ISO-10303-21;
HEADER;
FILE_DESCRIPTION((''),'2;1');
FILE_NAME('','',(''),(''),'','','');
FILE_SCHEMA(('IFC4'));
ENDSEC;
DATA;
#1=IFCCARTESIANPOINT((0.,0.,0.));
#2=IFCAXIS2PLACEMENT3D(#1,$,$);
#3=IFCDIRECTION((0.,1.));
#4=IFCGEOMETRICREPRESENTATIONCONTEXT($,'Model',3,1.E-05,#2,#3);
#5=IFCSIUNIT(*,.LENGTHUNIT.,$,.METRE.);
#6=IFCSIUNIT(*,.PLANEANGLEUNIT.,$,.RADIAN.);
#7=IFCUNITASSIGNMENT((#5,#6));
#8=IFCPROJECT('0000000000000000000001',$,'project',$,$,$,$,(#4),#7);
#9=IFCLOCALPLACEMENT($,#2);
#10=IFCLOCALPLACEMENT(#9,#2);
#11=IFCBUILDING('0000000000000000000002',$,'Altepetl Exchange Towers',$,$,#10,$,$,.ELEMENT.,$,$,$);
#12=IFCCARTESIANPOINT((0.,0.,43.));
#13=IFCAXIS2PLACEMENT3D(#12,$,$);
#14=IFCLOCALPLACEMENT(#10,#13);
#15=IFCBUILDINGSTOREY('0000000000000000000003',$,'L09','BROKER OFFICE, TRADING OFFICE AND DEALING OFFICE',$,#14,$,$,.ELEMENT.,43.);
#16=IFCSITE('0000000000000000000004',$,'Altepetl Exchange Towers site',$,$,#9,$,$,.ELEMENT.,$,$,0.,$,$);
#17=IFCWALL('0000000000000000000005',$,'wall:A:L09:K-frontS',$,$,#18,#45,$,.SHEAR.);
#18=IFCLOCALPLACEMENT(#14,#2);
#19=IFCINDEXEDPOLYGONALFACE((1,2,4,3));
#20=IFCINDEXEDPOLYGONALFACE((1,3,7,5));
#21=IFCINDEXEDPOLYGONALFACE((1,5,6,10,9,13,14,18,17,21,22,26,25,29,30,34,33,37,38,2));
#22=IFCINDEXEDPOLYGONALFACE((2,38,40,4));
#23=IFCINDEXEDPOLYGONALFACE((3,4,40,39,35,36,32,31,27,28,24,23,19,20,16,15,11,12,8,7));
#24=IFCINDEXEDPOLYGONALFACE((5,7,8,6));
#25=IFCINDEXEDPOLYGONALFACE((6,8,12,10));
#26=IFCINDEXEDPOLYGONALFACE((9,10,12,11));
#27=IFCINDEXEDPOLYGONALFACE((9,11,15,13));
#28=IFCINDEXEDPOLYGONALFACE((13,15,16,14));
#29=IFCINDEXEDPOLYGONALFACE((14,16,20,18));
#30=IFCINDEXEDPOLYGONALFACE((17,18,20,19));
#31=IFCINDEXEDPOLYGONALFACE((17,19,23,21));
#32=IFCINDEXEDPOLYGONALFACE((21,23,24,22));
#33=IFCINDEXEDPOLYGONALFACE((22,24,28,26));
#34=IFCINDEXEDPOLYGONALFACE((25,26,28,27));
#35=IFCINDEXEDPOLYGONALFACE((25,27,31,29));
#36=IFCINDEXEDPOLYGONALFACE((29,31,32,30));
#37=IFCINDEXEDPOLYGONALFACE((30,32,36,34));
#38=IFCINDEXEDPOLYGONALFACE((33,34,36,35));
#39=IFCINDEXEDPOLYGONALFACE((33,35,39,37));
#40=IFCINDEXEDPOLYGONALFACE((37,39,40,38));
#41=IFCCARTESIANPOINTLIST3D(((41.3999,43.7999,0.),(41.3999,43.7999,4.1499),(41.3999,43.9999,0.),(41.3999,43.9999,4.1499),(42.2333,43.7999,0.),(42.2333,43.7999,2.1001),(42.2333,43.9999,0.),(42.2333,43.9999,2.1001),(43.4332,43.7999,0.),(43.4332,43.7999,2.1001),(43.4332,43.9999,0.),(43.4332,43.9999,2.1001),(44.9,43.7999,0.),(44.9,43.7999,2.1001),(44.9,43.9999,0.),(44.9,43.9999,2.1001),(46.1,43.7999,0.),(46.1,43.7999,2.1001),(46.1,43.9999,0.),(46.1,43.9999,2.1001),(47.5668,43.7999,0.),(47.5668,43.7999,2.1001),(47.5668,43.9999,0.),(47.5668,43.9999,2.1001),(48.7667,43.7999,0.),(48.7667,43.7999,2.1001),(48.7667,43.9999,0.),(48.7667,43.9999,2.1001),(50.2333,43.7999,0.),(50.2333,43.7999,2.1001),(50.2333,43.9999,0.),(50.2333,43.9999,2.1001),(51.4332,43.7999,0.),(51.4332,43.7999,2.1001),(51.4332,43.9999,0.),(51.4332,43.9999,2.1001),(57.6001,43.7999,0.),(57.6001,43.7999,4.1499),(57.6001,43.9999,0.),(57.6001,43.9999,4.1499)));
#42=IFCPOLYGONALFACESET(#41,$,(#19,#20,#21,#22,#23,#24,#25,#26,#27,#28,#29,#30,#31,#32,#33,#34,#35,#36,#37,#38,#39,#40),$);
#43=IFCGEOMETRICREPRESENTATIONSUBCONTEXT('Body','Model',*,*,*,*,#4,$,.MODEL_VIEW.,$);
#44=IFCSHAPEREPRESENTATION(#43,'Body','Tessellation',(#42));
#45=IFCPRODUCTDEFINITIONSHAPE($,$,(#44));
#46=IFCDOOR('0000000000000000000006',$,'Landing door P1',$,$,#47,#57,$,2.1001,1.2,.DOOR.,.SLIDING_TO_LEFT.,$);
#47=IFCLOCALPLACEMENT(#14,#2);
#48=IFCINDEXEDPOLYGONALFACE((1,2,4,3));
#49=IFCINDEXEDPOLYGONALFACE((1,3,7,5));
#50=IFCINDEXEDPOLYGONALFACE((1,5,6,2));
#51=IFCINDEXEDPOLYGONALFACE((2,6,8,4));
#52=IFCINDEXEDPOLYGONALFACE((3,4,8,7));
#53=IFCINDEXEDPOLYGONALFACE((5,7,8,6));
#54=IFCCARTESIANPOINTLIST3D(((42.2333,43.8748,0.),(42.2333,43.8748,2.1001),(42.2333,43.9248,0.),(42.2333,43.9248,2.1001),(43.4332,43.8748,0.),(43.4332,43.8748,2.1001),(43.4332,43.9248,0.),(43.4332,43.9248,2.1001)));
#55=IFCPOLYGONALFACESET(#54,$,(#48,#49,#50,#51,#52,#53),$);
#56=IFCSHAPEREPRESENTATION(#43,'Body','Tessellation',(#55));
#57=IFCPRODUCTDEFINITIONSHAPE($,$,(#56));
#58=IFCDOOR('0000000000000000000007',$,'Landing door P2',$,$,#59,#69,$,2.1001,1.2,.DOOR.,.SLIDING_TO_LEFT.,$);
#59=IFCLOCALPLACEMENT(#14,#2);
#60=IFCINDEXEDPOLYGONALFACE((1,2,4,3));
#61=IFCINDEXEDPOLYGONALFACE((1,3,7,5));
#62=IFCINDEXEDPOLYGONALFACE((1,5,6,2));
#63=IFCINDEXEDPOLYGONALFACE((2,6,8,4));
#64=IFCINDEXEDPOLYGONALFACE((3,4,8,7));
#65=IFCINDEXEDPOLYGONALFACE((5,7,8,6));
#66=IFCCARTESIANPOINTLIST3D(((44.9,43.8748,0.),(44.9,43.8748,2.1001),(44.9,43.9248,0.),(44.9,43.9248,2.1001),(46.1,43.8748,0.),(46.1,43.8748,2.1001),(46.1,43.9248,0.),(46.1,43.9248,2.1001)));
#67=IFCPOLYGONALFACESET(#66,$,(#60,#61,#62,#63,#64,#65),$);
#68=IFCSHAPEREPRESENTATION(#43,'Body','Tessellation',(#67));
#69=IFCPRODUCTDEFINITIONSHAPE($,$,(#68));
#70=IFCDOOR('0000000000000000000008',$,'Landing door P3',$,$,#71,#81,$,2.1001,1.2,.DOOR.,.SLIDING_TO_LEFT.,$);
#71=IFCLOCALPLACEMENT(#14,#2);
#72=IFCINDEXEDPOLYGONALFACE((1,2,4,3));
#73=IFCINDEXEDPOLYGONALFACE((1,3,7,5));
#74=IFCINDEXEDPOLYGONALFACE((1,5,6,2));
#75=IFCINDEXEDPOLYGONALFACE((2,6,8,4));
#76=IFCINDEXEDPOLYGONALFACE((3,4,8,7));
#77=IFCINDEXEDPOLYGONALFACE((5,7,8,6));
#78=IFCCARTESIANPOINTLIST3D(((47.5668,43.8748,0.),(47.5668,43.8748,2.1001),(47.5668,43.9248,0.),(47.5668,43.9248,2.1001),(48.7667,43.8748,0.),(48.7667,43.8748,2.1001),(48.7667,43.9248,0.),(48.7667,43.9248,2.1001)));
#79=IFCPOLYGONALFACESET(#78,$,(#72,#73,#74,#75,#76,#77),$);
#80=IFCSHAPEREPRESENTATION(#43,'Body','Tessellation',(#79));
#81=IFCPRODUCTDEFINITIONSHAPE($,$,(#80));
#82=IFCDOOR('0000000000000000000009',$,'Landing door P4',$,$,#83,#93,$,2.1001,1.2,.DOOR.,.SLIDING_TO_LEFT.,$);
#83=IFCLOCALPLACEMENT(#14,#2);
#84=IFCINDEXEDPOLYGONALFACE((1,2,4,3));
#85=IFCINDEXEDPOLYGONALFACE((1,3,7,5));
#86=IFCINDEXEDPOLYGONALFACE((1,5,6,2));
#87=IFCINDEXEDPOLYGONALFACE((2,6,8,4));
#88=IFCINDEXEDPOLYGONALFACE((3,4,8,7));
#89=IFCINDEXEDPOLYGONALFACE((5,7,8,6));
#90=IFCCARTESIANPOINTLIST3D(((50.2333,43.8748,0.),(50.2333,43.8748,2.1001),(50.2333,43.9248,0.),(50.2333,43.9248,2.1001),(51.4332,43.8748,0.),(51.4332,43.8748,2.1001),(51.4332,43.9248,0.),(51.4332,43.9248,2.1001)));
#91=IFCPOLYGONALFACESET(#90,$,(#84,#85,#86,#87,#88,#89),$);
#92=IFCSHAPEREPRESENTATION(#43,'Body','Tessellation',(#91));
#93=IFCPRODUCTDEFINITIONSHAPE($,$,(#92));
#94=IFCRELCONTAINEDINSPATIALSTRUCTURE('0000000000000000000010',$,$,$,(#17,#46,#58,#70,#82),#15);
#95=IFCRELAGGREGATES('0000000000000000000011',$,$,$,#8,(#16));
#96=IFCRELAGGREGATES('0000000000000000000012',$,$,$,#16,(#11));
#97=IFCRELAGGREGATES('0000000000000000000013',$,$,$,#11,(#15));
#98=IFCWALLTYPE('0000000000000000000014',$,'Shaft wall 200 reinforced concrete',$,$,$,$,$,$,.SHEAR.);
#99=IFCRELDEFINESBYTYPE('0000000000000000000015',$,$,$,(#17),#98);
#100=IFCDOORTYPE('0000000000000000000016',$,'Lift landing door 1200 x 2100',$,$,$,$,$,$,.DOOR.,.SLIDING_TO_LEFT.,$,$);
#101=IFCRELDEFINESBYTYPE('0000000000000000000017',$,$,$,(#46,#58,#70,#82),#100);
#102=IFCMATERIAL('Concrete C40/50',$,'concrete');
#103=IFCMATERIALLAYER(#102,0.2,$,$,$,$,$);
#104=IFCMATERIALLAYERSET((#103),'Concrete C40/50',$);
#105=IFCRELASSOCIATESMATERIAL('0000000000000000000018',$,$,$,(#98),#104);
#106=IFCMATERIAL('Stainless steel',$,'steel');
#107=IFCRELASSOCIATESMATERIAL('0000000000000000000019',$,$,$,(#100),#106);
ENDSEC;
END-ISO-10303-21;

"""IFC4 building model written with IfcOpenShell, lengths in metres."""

from ifc_helpers import new_model, si_unit, direction, frame, frame_2d, origin, place, context, subcontext, project, spatial, rectangle, extrude, material, layer, layer_set, type_object, element, fill, save


model = new_model("IFC4")

# Units and contexts
model_context = context("Model", 3, precision=1e-05, world=origin(), true_north=direction((0.0, 1.0)))
body_context = subcontext(model_context, "Body", "Model", "MODEL_VIEW")
ifc_project = project(units=[si_unit("LENGTHUNIT", "METRE"), si_unit("PLANEANGLEUNIT", "RADIAN")], contexts=[model_context])

# Site, building, storey
site_placement = place(None, origin())
site = spatial("IfcSite", under=ifc_project, at=site_placement, Name="Altepetl Exchange Towers site", CompositionType="ELEMENT", RefElevation=0.0)
building_placement = place(site_placement, origin())
building = spatial("IfcBuilding", under=site, at=building_placement, Name="Altepetl Exchange Towers", CompositionType="ELEMENT")
storey_placement = place(building_placement, frame((0.0, 0.0, 43.0)))
storey = spatial("IfcBuildingStorey", under=building, at=storey_placement, Name="L09", Description="BROKER OFFICE, TRADING OFFICE AND DEALING OFFICE", CompositionType="ELEMENT", Elevation=43.0)

# Wall, openings, doors
ifc_material_1 = material(Name="Concrete C40/50", Category="concrete")
ifc_layer_1 = layer(ifc_material_1, 0.2)
ifc_layer_set_1 = layer_set([ifc_layer_1], Name="Concrete C40/50")
wall_type_1 = type_object("IfcWallType", Name="Shaft wall 200 reinforced concrete", PredefinedType="SHEAR", material=ifc_layer_set_1)
wall_1_placement = place(storey_placement, frame((41.3999, 43.8999, 0.0)))
wall_1 = element("IfcWall", 1, at=wall_1_placement, inside=storey, type_object=wall_type_1, Name="wall:A:L09:K-frontS", PredefinedType="SHEAR", context=body_context, shape_type="SweptSolid", body=[
    extrude(rectangle(XDim=16.2002, YDim=0.2, at=frame_2d((8.1001, 0.0))), origin(), (0.0, 0.0, 1.0), 4.1499),
])
opening_1_placement = place(wall_1_placement, frame((0.8333, 0.0, 0.0)))
opening_1 = element("IfcOpeningElement", 2, at=opening_1_placement, cuts=wall_1, PredefinedType="OPENING", context=body_context, shape_type="SweptSolid", body=[
    extrude(rectangle(XDim=1.2, YDim=2.1001, at=frame_2d((0.6001, 1.05))), frame((0.0, 0.1099, 0.0), z_axis=(0.0, -1.0, 0.0), x_axis=(1.0, 0.0, 0.0)), (0.0, 0.0, 1.0), 0.22),
])
opening_2_placement = place(wall_1_placement, frame((3.5, 0.0, 0.0)))
opening_2 = element("IfcOpeningElement", 3, at=opening_2_placement, cuts=wall_1, PredefinedType="OPENING", context=body_context, shape_type="SweptSolid", body=[
    extrude(rectangle(XDim=1.2, YDim=2.1001, at=frame_2d((0.6001, 1.05))), frame((0.0, 0.1099, 0.0), z_axis=(0.0, -1.0, 0.0), x_axis=(1.0, 0.0, 0.0)), (0.0, 0.0, 1.0), 0.22),
])
opening_3_placement = place(wall_1_placement, frame((6.1667, 0.0, 0.0)))
opening_3 = element("IfcOpeningElement", 4, at=opening_3_placement, cuts=wall_1, PredefinedType="OPENING", context=body_context, shape_type="SweptSolid", body=[
    extrude(rectangle(XDim=1.2, YDim=2.1001, at=frame_2d((0.6001, 1.05))), frame((0.0, 0.1099, 0.0), z_axis=(0.0, -1.0, 0.0), x_axis=(1.0, 0.0, 0.0)), (0.0, 0.0, 1.0), 0.22),
])
opening_4_placement = place(wall_1_placement, frame((8.8333, 0.0, 0.0)))
opening_4 = element("IfcOpeningElement", 5, at=opening_4_placement, cuts=wall_1, PredefinedType="OPENING", context=body_context, shape_type="SweptSolid", body=[
    extrude(rectangle(XDim=1.2, YDim=2.1001, at=frame_2d((0.6001, 1.05))), frame((0.0, 0.1099, 0.0), z_axis=(0.0, -1.0, 0.0), x_axis=(1.0, 0.0, 0.0)), (0.0, 0.0, 1.0), 0.22),
])
ifc_material_2 = material(Name="Stainless steel", Category="steel")
door_type_1 = type_object("IfcDoorType", Name="Lift landing door 1200 x 2100", OperationType="SLIDING_TO_LEFT", PredefinedType="DOOR", material=ifc_material_2)
door_1_placement = place(opening_1_placement, origin())
door_1 = element("IfcDoor", 6, at=door_1_placement, inside=storey, type_object=door_type_1, Name="Landing door P1", OperationType="SLIDING_TO_LEFT", OverallHeight=2.1001, OverallWidth=1.2, PredefinedType="DOOR", context=body_context, shape_type="SweptSolid", body=[
    extrude(rectangle(XDim=1.2, YDim=2.1001, at=frame_2d((0.6001, 1.05))), frame((0.0, 0.0249, 0.0), z_axis=(0.0, -1.0, 0.0), x_axis=(1.0, 0.0, 0.0)), (0.0, 0.0, 1.0), 0.05),
])
fill(opening_1, door_1)
door_2_placement = place(opening_2_placement, origin())
door_2 = element("IfcDoor", 7, at=door_2_placement, inside=storey, type_object=door_type_1, Name="Landing door P2", OperationType="SLIDING_TO_LEFT", OverallHeight=2.1001, OverallWidth=1.2, PredefinedType="DOOR", context=body_context, shape_type="SweptSolid", body=[
    extrude(rectangle(XDim=1.2, YDim=2.1001, at=frame_2d((0.6001, 1.05))), frame((0.0, 0.0249, 0.0), z_axis=(0.0, -1.0, 0.0), x_axis=(1.0, 0.0, 0.0)), (0.0, 0.0, 1.0), 0.05),
])
fill(opening_2, door_2)
door_3_placement = place(opening_3_placement, origin())
door_3 = element("IfcDoor", 8, at=door_3_placement, inside=storey, type_object=door_type_1, Name="Landing door P3", OperationType="SLIDING_TO_LEFT", OverallHeight=2.1001, OverallWidth=1.2, PredefinedType="DOOR", context=body_context, shape_type="SweptSolid", body=[
    extrude(rectangle(XDim=1.2, YDim=2.1001, at=frame_2d((0.6001, 1.05))), frame((0.0, 0.0249, 0.0), z_axis=(0.0, -1.0, 0.0), x_axis=(1.0, 0.0, 0.0)), (0.0, 0.0, 1.0), 0.05),
])
fill(opening_3, door_3)
door_4_placement = place(opening_4_placement, origin())
door_4 = element("IfcDoor", 9, at=door_4_placement, inside=storey, type_object=door_type_1, Name="Landing door P4", OperationType="SLIDING_TO_LEFT", OverallHeight=2.1001, OverallWidth=1.2, PredefinedType="DOOR", context=body_context, shape_type="SweptSolid", body=[
    extrude(rectangle(XDim=1.2, YDim=2.1001, at=frame_2d((0.6001, 1.05))), frame((0.0, 0.0249, 0.0), z_axis=(0.0, -1.0, 0.0), x_axis=(1.0, 0.0, 0.0)), (0.0, 0.0, 1.0), 0.05),
])
fill(opening_4, door_4)

save(model, "model.ifc")
